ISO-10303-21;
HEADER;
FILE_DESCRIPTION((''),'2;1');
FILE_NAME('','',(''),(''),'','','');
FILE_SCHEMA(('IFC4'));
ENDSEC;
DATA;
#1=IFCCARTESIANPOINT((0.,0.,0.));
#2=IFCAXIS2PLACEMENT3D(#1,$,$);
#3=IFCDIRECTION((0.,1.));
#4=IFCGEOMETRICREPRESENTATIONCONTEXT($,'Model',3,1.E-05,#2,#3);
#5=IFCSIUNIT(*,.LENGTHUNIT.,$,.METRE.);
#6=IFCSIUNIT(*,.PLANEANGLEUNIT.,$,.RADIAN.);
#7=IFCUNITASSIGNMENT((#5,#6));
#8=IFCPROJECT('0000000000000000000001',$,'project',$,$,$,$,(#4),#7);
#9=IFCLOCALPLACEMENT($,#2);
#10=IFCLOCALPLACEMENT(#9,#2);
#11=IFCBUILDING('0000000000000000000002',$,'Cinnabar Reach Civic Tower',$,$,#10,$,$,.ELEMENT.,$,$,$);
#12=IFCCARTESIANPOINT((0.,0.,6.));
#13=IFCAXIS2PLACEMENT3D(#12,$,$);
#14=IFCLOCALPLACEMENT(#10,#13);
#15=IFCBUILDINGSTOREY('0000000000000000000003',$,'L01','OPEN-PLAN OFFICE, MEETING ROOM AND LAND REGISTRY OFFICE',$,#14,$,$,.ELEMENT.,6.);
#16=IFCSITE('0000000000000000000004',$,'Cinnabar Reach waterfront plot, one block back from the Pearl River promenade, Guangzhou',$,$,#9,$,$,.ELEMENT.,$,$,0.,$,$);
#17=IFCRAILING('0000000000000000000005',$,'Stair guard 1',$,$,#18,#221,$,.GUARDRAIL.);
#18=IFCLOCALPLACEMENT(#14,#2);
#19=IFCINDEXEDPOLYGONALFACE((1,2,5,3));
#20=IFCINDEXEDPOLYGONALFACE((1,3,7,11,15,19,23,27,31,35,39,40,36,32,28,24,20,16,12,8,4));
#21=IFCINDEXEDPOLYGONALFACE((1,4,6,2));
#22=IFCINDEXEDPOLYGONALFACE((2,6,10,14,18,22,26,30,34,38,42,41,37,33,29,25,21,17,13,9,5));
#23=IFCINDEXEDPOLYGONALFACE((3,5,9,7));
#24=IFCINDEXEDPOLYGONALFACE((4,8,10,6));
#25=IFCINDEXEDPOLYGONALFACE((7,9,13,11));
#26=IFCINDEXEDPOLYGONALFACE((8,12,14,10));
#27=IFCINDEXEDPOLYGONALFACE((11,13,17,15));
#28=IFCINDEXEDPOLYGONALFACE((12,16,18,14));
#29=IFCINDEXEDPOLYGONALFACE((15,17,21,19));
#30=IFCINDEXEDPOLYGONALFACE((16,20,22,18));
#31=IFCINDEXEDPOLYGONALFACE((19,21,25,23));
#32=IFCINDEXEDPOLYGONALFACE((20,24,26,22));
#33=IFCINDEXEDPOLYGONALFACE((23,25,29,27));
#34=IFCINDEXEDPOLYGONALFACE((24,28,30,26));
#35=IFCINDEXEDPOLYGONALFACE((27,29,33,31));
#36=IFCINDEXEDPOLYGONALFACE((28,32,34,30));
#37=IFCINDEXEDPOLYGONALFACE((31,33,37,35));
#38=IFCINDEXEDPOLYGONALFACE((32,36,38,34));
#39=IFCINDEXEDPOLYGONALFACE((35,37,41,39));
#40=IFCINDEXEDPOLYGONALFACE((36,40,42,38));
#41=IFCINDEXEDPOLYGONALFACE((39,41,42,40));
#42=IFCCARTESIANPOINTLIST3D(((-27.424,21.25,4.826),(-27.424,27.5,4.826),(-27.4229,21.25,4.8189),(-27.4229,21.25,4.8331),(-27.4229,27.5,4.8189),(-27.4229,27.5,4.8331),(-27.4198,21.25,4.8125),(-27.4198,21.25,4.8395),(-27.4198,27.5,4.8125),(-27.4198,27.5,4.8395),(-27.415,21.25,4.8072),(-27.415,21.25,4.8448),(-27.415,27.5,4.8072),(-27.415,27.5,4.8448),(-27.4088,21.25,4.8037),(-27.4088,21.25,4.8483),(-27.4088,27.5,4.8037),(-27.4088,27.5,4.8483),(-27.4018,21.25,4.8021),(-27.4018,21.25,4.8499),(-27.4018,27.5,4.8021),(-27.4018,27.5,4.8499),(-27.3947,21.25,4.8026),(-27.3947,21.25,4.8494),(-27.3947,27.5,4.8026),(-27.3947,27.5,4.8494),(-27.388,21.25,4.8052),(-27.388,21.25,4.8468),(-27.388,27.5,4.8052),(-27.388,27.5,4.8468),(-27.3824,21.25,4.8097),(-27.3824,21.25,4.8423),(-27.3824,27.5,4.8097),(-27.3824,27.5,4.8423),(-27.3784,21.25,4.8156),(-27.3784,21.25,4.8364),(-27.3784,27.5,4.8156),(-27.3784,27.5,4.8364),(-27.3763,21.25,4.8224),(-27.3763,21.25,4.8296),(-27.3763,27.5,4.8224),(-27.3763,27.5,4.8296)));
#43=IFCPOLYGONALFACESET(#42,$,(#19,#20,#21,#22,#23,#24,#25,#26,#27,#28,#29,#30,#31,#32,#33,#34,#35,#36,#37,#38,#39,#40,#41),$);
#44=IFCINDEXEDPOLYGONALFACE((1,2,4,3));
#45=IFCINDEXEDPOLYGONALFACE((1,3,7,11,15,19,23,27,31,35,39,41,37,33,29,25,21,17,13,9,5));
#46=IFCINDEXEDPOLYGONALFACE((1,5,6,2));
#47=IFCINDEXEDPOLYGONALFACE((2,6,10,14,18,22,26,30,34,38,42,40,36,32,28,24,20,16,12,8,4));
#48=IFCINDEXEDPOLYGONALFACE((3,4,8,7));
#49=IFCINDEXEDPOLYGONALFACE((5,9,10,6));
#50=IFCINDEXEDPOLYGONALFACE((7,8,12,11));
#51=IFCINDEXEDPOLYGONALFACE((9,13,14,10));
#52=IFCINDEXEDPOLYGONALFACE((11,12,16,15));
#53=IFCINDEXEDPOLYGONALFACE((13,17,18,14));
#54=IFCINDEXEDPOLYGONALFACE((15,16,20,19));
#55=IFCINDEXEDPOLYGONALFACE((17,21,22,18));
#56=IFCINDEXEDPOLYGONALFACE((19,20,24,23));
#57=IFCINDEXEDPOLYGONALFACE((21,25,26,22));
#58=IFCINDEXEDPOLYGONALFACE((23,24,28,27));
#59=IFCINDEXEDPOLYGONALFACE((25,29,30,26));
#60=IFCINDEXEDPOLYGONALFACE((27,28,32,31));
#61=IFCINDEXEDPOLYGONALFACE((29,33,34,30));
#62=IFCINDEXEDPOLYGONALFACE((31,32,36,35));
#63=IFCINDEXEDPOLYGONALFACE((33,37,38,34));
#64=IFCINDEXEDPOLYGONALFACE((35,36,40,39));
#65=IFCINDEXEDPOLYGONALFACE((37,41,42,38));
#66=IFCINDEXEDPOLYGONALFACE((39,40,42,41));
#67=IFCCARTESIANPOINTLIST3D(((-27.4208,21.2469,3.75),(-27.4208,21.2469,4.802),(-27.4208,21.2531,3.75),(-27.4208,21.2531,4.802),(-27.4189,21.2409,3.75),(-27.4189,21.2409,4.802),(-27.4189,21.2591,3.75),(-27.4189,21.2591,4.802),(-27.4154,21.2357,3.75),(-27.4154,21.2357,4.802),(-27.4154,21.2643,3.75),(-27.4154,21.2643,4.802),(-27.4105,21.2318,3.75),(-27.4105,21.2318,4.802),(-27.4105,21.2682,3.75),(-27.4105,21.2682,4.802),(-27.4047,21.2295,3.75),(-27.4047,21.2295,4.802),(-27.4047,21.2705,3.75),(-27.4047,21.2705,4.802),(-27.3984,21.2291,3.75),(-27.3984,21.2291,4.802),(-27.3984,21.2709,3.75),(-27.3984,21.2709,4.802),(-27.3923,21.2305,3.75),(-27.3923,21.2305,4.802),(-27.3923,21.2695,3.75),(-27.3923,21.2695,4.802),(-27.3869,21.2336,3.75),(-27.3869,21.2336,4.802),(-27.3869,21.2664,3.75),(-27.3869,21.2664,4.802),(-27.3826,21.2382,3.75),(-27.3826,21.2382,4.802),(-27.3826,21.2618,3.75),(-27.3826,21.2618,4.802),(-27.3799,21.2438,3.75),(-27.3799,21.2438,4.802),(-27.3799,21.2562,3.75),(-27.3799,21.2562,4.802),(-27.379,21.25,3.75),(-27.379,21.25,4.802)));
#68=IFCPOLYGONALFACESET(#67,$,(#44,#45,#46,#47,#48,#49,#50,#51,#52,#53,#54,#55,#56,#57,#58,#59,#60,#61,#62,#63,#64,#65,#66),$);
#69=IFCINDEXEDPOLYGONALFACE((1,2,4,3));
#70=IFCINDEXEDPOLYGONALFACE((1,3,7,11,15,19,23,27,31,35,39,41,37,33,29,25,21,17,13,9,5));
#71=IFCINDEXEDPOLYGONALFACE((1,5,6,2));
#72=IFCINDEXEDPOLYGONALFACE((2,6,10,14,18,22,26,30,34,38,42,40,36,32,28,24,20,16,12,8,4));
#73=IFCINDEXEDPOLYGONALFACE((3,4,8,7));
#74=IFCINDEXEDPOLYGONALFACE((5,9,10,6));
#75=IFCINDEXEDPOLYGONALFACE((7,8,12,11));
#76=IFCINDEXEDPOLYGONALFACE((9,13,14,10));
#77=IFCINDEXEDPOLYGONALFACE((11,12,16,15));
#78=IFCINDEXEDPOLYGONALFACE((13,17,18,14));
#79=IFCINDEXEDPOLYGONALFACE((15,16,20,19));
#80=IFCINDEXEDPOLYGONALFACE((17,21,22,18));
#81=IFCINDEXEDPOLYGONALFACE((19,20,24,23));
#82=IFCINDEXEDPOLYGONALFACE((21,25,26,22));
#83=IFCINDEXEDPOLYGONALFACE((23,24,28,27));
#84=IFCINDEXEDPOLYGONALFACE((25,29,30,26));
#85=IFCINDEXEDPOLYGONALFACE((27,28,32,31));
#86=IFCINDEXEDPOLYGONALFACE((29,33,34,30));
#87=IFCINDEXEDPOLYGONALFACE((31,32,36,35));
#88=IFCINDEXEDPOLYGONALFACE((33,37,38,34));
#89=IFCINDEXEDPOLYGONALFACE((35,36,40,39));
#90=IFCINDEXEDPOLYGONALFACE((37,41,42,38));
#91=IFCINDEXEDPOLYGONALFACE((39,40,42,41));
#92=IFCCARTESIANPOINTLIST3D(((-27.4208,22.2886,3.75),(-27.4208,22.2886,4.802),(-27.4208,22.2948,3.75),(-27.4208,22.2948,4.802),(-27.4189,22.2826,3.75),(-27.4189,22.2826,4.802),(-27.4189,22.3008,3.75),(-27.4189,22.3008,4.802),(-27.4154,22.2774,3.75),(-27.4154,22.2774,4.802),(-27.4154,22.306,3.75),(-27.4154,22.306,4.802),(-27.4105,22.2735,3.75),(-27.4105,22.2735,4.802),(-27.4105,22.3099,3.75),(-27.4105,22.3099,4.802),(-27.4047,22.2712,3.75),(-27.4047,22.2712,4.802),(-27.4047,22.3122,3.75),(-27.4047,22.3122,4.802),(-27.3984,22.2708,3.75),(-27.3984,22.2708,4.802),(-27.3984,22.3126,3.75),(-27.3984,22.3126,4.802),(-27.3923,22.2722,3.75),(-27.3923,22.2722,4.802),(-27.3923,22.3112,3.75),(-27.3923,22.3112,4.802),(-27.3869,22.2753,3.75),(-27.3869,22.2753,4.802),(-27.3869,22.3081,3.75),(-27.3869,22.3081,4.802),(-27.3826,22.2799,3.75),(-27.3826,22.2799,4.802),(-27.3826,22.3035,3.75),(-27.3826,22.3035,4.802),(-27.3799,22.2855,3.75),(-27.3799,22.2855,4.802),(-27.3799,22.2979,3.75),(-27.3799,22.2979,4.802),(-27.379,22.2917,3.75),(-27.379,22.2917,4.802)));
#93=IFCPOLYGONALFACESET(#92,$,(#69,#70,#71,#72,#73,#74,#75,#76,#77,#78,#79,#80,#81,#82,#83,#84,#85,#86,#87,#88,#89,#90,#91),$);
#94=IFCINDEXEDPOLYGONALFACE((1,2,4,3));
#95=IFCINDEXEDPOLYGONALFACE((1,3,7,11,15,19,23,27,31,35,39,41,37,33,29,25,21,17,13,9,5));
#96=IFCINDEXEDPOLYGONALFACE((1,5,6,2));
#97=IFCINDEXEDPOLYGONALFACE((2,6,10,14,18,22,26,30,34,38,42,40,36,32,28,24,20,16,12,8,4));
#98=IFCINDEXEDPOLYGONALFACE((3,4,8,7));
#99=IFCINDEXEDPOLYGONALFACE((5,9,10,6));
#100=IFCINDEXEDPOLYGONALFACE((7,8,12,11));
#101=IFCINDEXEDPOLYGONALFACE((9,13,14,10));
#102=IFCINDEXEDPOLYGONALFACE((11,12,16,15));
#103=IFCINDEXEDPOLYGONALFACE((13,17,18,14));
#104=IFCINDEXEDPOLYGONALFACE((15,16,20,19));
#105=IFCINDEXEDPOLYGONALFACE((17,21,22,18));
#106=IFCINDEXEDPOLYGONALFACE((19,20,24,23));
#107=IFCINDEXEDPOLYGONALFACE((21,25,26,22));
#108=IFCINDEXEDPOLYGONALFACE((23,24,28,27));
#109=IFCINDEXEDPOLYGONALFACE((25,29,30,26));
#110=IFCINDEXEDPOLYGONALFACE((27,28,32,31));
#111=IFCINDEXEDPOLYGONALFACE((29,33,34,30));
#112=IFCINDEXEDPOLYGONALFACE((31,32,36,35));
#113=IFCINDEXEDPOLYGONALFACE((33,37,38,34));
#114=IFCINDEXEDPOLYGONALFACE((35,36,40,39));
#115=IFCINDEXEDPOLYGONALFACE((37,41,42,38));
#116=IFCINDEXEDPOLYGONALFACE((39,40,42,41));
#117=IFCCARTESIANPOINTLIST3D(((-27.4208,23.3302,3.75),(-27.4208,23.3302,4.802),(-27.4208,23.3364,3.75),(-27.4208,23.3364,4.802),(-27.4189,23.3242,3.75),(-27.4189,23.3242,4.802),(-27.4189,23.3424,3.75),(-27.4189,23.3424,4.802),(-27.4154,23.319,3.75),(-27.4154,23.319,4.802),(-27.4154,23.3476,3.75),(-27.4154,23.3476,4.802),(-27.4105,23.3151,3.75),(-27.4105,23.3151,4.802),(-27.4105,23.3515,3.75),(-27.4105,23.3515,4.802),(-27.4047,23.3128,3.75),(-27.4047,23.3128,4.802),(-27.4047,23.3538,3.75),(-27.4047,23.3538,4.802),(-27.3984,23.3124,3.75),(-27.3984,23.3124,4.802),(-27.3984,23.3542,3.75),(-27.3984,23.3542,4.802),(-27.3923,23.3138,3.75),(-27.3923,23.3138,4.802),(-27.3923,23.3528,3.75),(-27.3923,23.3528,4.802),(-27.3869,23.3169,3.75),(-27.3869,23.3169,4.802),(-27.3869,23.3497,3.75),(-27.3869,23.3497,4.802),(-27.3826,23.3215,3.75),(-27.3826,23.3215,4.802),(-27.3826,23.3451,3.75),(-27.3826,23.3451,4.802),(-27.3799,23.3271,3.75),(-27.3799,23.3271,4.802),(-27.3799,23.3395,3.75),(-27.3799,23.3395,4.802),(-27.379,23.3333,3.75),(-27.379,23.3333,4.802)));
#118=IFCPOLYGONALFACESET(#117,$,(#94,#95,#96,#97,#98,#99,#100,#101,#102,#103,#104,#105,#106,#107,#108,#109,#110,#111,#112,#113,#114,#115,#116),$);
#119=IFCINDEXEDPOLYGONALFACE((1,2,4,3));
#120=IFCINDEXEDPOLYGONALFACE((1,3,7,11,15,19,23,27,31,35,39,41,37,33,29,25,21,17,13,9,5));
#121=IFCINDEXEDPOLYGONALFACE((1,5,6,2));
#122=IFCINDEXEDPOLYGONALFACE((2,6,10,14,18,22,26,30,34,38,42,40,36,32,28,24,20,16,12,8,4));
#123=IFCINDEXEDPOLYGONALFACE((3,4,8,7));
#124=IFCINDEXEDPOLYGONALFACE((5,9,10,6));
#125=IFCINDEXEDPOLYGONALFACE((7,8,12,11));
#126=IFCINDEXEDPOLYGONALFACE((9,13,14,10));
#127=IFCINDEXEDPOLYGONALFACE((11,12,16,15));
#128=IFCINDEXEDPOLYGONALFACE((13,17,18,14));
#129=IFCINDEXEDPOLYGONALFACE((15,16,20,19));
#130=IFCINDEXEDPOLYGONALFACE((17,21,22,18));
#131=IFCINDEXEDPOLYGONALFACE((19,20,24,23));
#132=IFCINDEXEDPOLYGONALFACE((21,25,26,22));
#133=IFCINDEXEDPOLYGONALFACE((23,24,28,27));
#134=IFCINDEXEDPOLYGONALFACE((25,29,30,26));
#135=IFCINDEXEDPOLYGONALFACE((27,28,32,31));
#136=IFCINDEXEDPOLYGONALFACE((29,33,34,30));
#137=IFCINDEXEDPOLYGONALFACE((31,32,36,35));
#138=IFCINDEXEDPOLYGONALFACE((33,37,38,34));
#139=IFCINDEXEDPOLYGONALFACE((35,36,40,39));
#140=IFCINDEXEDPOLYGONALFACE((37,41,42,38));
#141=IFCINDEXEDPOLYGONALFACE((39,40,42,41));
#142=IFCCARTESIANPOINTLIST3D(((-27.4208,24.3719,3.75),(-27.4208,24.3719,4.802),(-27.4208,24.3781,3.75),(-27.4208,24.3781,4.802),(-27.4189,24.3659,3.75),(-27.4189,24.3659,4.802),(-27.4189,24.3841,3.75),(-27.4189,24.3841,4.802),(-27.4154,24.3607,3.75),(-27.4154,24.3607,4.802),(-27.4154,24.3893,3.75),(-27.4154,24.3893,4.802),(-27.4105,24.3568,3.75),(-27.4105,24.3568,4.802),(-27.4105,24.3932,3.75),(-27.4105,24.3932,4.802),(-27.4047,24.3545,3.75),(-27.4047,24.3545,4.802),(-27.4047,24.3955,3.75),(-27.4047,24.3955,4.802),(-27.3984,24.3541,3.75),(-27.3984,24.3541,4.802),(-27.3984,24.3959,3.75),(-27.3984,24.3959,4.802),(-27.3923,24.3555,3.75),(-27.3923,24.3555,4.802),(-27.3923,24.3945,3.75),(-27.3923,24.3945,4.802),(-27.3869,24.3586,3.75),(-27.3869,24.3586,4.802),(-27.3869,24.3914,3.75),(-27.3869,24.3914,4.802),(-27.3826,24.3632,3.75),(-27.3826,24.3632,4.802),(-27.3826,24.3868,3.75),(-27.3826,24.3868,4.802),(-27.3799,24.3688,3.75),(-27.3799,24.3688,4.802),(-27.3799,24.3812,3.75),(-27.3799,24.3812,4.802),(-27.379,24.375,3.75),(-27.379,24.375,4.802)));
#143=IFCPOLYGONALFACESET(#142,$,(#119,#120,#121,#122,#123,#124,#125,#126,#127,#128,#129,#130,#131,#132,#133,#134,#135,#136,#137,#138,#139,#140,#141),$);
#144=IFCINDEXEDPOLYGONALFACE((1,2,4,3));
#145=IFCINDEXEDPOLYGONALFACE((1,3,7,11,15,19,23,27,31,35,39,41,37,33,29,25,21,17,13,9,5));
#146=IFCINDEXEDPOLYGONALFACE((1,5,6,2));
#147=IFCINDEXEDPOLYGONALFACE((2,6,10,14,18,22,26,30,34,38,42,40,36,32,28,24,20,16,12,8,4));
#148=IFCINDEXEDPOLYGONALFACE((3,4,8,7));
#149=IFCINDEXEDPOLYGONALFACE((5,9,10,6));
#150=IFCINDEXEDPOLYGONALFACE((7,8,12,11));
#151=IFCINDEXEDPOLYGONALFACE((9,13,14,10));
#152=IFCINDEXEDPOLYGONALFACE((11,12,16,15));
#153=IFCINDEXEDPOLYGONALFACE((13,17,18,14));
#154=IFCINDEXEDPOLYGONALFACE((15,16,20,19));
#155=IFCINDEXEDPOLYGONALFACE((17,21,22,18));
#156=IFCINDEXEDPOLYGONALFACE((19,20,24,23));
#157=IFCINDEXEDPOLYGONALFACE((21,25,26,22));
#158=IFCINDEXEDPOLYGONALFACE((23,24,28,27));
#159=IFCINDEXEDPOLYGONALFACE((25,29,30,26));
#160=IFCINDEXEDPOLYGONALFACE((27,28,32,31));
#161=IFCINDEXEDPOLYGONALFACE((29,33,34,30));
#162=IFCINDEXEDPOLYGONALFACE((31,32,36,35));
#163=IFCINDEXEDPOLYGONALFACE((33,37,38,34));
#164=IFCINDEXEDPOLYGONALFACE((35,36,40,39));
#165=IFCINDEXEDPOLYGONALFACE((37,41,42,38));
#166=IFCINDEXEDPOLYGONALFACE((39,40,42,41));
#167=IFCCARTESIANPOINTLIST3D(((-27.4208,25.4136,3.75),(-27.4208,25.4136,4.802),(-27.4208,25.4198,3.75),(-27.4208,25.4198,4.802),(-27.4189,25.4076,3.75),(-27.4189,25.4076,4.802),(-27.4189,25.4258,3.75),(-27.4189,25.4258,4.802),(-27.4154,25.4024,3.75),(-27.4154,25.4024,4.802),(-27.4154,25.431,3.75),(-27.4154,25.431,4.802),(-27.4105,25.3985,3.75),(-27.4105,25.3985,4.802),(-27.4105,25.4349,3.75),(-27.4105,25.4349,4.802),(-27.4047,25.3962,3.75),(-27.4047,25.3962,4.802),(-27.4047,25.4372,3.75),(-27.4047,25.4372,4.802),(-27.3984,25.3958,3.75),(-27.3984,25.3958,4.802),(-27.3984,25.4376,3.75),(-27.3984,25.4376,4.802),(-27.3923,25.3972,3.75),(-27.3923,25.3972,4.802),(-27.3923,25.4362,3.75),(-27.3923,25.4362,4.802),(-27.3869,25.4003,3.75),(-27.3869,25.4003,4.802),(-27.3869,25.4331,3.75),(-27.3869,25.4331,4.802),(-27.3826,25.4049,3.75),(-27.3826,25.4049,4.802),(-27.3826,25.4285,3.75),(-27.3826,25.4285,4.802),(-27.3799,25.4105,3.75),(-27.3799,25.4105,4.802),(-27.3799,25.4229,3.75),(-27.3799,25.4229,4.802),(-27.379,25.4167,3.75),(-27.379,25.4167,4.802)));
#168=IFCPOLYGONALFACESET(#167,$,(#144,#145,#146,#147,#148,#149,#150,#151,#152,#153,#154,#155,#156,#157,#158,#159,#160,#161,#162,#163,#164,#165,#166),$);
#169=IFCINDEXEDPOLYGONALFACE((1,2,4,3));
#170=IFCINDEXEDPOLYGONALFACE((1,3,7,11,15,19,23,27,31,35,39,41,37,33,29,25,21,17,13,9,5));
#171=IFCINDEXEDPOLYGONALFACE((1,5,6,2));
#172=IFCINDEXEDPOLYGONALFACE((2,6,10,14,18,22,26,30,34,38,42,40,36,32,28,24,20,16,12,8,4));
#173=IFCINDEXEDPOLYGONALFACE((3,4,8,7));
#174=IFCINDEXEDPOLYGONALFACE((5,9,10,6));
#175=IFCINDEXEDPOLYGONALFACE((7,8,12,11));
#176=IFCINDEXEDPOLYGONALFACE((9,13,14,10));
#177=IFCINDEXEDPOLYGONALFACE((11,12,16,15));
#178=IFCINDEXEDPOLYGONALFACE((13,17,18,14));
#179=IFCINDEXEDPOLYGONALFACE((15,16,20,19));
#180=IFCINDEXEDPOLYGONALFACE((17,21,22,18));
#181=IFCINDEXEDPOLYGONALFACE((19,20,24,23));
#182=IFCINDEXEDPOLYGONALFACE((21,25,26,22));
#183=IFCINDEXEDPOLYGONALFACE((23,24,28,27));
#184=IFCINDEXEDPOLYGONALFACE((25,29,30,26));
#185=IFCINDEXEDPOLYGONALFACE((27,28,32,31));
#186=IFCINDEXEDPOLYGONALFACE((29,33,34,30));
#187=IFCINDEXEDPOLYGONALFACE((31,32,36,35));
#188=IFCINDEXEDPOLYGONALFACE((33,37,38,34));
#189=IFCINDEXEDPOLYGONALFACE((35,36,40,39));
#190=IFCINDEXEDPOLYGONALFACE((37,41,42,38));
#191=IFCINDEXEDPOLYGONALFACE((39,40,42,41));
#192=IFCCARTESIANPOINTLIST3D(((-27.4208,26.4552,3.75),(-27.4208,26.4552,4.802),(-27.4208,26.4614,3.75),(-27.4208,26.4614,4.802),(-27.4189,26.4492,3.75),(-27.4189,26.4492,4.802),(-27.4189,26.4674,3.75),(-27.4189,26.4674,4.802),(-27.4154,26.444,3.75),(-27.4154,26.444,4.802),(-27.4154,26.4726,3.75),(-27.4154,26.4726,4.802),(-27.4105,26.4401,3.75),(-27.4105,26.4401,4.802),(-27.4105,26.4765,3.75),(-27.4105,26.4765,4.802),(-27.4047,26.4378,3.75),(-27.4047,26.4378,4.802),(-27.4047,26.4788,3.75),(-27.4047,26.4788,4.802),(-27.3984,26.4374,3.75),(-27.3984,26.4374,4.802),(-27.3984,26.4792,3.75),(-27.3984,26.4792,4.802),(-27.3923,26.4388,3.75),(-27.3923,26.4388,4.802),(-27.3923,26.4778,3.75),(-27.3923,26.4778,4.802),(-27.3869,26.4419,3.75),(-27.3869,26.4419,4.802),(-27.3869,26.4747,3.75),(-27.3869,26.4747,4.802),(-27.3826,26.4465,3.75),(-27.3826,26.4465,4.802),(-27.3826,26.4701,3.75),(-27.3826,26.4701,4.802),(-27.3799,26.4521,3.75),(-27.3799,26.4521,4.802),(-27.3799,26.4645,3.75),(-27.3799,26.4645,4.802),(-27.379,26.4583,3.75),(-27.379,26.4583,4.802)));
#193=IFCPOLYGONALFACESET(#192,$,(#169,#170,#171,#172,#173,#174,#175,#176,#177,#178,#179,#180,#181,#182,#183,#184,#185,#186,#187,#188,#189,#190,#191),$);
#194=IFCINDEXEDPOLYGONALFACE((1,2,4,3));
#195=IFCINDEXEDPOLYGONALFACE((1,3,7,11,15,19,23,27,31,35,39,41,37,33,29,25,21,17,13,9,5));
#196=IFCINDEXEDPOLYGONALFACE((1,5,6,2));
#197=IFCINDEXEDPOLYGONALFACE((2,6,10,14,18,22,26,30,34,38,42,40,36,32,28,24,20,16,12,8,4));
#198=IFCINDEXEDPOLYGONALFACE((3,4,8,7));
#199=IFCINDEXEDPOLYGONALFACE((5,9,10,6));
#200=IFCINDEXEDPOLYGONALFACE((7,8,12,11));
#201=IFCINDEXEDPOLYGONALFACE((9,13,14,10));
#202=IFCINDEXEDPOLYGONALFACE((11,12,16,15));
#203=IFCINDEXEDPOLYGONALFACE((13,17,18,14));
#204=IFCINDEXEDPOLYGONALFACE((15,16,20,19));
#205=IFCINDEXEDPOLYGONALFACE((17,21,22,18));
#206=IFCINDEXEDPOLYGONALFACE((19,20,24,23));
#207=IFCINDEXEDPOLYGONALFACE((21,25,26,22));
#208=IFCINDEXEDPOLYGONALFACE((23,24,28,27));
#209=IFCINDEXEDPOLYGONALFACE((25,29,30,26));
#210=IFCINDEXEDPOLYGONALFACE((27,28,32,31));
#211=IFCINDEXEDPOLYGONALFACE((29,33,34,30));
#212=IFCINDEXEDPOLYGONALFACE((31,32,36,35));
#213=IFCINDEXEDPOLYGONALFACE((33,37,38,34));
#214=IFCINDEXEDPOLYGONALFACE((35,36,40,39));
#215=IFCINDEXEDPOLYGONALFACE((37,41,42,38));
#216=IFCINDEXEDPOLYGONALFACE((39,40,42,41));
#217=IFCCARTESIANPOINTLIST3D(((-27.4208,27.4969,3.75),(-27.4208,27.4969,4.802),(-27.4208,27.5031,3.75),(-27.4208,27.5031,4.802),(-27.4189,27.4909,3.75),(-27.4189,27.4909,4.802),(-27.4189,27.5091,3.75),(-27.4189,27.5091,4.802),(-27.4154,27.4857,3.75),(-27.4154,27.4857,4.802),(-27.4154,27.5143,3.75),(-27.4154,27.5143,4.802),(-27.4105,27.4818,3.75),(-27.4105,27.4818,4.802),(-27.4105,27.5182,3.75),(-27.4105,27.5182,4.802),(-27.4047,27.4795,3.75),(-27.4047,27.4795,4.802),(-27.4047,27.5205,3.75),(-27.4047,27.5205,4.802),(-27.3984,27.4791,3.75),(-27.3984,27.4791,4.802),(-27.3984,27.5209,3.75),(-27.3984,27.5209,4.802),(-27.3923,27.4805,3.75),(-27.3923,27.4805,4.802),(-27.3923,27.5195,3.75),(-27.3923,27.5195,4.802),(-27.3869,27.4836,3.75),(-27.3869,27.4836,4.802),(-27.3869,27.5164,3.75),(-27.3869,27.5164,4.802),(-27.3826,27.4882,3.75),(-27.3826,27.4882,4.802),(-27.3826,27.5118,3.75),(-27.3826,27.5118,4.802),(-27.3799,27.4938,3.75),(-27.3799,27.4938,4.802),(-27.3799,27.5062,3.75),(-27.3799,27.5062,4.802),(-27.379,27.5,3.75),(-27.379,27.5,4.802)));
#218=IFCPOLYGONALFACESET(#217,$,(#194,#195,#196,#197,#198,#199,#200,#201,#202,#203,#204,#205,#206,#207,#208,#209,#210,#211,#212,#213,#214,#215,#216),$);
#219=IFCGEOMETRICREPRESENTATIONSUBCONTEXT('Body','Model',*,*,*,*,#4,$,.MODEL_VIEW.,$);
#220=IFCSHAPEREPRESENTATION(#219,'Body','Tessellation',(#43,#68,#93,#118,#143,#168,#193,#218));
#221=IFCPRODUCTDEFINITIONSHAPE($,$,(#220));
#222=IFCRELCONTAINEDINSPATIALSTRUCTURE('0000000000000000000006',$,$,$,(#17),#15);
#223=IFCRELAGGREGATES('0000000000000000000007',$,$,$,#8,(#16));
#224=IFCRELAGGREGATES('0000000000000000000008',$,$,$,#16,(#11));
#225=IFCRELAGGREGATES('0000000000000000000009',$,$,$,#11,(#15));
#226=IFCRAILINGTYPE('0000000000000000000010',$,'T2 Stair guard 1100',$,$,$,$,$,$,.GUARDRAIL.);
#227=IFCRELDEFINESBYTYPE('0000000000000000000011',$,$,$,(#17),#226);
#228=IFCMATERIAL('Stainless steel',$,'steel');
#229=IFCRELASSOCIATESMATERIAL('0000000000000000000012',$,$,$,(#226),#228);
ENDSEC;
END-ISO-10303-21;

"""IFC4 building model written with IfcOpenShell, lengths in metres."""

from ifc_helpers import new_model, si_unit, direction, frame, origin, origin_2d, place, context, subcontext, project, spatial, circle, extrude, material, type_object, element, save


model = new_model("IFC4")

# Units and contexts
model_context = context("Model", 3, precision=1e-05, world=origin(), true_north=direction((0.0, 1.0)))
body_context = subcontext(model_context, "Body", "Model", "MODEL_VIEW")
ifc_project = project(units=[si_unit("LENGTHUNIT", "METRE"), si_unit("PLANEANGLEUNIT", "RADIAN")], contexts=[model_context])

# Site, building, storey
site_placement = place(None, origin())
site = spatial("IfcSite", under=ifc_project, at=site_placement, Name="Cinnabar Reach waterfront plot, one block back from the Pearl River promenade, Guangzhou", CompositionType="ELEMENT", RefElevation=0.0)
building_placement = place(site_placement, origin())
building = spatial("IfcBuilding", under=site, at=building_placement, Name="Cinnabar Reach Civic Tower", CompositionType="ELEMENT")
storey_placement = place(building_placement, frame((0.0, 0.0, 6.0)))
storey = spatial("IfcBuildingStorey", under=building, at=storey_placement, Name="L01", Description="OPEN-PLAN OFFICE, MEETING ROOM AND LAND REGISTRY OFFICE", CompositionType="ELEMENT", Elevation=6.0)

# Railing
ifc_material_1 = material(Name="Stainless steel", Category="steel")
railing_type_1 = type_object("IfcRailingType", Name="T2 Stair guard 1100", PredefinedType="GUARDRAIL", material=ifc_material_1)
for number, where, name in (
    (1, (-27.4, 21.25, 3.75), "Stair guard 1"),
):
    element("IfcRailing", number, at=place(storey_placement, frame(where)), inside=storey, type_object=railing_type_1, Name=name, PredefinedType="GUARDRAIL", context=body_context, shape_type="SweptSolid", body=[
        extrude(circle(Radius=0.024, at=origin_2d()), frame((0.0, 0.0, 1.076), z_axis=(0.0, 1.0, 0.0), x_axis=(-1.0, 0.0, 0.0)), (0.0, 0.0, 1.0), 6.25),
        extrude(circle(Radius=0.021, at=origin_2d()), origin(), (0.0, 0.0, 1.0), 1.052),
        extrude(circle(Radius=0.021, at=origin_2d()), frame((0.0, 1.0417, 0.0)), (0.0, 0.0, 1.0), 1.052),
        extrude(circle(Radius=0.021, at=origin_2d()), frame((0.0, 2.0833, 0.0)), (0.0, 0.0, 1.0), 1.052),
        extrude(circle(Radius=0.021, at=origin_2d()), frame((0.0, 3.125, 0.0)), (0.0, 0.0, 1.0), 1.052),
        extrude(circle(Radius=0.021, at=origin_2d()), frame((0.0, 4.1667, 0.0)), (0.0, 0.0, 1.0), 1.052),
        extrude(circle(Radius=0.021, at=origin_2d()), frame((0.0, 5.2083, 0.0)), (0.0, 0.0, 1.0), 1.052),
        extrude(circle(Radius=0.021, at=origin_2d()), frame((0.0, 6.25, 0.0)), (0.0, 0.0, 1.0), 1.052),
    ])

save(model, "model.ifc")
